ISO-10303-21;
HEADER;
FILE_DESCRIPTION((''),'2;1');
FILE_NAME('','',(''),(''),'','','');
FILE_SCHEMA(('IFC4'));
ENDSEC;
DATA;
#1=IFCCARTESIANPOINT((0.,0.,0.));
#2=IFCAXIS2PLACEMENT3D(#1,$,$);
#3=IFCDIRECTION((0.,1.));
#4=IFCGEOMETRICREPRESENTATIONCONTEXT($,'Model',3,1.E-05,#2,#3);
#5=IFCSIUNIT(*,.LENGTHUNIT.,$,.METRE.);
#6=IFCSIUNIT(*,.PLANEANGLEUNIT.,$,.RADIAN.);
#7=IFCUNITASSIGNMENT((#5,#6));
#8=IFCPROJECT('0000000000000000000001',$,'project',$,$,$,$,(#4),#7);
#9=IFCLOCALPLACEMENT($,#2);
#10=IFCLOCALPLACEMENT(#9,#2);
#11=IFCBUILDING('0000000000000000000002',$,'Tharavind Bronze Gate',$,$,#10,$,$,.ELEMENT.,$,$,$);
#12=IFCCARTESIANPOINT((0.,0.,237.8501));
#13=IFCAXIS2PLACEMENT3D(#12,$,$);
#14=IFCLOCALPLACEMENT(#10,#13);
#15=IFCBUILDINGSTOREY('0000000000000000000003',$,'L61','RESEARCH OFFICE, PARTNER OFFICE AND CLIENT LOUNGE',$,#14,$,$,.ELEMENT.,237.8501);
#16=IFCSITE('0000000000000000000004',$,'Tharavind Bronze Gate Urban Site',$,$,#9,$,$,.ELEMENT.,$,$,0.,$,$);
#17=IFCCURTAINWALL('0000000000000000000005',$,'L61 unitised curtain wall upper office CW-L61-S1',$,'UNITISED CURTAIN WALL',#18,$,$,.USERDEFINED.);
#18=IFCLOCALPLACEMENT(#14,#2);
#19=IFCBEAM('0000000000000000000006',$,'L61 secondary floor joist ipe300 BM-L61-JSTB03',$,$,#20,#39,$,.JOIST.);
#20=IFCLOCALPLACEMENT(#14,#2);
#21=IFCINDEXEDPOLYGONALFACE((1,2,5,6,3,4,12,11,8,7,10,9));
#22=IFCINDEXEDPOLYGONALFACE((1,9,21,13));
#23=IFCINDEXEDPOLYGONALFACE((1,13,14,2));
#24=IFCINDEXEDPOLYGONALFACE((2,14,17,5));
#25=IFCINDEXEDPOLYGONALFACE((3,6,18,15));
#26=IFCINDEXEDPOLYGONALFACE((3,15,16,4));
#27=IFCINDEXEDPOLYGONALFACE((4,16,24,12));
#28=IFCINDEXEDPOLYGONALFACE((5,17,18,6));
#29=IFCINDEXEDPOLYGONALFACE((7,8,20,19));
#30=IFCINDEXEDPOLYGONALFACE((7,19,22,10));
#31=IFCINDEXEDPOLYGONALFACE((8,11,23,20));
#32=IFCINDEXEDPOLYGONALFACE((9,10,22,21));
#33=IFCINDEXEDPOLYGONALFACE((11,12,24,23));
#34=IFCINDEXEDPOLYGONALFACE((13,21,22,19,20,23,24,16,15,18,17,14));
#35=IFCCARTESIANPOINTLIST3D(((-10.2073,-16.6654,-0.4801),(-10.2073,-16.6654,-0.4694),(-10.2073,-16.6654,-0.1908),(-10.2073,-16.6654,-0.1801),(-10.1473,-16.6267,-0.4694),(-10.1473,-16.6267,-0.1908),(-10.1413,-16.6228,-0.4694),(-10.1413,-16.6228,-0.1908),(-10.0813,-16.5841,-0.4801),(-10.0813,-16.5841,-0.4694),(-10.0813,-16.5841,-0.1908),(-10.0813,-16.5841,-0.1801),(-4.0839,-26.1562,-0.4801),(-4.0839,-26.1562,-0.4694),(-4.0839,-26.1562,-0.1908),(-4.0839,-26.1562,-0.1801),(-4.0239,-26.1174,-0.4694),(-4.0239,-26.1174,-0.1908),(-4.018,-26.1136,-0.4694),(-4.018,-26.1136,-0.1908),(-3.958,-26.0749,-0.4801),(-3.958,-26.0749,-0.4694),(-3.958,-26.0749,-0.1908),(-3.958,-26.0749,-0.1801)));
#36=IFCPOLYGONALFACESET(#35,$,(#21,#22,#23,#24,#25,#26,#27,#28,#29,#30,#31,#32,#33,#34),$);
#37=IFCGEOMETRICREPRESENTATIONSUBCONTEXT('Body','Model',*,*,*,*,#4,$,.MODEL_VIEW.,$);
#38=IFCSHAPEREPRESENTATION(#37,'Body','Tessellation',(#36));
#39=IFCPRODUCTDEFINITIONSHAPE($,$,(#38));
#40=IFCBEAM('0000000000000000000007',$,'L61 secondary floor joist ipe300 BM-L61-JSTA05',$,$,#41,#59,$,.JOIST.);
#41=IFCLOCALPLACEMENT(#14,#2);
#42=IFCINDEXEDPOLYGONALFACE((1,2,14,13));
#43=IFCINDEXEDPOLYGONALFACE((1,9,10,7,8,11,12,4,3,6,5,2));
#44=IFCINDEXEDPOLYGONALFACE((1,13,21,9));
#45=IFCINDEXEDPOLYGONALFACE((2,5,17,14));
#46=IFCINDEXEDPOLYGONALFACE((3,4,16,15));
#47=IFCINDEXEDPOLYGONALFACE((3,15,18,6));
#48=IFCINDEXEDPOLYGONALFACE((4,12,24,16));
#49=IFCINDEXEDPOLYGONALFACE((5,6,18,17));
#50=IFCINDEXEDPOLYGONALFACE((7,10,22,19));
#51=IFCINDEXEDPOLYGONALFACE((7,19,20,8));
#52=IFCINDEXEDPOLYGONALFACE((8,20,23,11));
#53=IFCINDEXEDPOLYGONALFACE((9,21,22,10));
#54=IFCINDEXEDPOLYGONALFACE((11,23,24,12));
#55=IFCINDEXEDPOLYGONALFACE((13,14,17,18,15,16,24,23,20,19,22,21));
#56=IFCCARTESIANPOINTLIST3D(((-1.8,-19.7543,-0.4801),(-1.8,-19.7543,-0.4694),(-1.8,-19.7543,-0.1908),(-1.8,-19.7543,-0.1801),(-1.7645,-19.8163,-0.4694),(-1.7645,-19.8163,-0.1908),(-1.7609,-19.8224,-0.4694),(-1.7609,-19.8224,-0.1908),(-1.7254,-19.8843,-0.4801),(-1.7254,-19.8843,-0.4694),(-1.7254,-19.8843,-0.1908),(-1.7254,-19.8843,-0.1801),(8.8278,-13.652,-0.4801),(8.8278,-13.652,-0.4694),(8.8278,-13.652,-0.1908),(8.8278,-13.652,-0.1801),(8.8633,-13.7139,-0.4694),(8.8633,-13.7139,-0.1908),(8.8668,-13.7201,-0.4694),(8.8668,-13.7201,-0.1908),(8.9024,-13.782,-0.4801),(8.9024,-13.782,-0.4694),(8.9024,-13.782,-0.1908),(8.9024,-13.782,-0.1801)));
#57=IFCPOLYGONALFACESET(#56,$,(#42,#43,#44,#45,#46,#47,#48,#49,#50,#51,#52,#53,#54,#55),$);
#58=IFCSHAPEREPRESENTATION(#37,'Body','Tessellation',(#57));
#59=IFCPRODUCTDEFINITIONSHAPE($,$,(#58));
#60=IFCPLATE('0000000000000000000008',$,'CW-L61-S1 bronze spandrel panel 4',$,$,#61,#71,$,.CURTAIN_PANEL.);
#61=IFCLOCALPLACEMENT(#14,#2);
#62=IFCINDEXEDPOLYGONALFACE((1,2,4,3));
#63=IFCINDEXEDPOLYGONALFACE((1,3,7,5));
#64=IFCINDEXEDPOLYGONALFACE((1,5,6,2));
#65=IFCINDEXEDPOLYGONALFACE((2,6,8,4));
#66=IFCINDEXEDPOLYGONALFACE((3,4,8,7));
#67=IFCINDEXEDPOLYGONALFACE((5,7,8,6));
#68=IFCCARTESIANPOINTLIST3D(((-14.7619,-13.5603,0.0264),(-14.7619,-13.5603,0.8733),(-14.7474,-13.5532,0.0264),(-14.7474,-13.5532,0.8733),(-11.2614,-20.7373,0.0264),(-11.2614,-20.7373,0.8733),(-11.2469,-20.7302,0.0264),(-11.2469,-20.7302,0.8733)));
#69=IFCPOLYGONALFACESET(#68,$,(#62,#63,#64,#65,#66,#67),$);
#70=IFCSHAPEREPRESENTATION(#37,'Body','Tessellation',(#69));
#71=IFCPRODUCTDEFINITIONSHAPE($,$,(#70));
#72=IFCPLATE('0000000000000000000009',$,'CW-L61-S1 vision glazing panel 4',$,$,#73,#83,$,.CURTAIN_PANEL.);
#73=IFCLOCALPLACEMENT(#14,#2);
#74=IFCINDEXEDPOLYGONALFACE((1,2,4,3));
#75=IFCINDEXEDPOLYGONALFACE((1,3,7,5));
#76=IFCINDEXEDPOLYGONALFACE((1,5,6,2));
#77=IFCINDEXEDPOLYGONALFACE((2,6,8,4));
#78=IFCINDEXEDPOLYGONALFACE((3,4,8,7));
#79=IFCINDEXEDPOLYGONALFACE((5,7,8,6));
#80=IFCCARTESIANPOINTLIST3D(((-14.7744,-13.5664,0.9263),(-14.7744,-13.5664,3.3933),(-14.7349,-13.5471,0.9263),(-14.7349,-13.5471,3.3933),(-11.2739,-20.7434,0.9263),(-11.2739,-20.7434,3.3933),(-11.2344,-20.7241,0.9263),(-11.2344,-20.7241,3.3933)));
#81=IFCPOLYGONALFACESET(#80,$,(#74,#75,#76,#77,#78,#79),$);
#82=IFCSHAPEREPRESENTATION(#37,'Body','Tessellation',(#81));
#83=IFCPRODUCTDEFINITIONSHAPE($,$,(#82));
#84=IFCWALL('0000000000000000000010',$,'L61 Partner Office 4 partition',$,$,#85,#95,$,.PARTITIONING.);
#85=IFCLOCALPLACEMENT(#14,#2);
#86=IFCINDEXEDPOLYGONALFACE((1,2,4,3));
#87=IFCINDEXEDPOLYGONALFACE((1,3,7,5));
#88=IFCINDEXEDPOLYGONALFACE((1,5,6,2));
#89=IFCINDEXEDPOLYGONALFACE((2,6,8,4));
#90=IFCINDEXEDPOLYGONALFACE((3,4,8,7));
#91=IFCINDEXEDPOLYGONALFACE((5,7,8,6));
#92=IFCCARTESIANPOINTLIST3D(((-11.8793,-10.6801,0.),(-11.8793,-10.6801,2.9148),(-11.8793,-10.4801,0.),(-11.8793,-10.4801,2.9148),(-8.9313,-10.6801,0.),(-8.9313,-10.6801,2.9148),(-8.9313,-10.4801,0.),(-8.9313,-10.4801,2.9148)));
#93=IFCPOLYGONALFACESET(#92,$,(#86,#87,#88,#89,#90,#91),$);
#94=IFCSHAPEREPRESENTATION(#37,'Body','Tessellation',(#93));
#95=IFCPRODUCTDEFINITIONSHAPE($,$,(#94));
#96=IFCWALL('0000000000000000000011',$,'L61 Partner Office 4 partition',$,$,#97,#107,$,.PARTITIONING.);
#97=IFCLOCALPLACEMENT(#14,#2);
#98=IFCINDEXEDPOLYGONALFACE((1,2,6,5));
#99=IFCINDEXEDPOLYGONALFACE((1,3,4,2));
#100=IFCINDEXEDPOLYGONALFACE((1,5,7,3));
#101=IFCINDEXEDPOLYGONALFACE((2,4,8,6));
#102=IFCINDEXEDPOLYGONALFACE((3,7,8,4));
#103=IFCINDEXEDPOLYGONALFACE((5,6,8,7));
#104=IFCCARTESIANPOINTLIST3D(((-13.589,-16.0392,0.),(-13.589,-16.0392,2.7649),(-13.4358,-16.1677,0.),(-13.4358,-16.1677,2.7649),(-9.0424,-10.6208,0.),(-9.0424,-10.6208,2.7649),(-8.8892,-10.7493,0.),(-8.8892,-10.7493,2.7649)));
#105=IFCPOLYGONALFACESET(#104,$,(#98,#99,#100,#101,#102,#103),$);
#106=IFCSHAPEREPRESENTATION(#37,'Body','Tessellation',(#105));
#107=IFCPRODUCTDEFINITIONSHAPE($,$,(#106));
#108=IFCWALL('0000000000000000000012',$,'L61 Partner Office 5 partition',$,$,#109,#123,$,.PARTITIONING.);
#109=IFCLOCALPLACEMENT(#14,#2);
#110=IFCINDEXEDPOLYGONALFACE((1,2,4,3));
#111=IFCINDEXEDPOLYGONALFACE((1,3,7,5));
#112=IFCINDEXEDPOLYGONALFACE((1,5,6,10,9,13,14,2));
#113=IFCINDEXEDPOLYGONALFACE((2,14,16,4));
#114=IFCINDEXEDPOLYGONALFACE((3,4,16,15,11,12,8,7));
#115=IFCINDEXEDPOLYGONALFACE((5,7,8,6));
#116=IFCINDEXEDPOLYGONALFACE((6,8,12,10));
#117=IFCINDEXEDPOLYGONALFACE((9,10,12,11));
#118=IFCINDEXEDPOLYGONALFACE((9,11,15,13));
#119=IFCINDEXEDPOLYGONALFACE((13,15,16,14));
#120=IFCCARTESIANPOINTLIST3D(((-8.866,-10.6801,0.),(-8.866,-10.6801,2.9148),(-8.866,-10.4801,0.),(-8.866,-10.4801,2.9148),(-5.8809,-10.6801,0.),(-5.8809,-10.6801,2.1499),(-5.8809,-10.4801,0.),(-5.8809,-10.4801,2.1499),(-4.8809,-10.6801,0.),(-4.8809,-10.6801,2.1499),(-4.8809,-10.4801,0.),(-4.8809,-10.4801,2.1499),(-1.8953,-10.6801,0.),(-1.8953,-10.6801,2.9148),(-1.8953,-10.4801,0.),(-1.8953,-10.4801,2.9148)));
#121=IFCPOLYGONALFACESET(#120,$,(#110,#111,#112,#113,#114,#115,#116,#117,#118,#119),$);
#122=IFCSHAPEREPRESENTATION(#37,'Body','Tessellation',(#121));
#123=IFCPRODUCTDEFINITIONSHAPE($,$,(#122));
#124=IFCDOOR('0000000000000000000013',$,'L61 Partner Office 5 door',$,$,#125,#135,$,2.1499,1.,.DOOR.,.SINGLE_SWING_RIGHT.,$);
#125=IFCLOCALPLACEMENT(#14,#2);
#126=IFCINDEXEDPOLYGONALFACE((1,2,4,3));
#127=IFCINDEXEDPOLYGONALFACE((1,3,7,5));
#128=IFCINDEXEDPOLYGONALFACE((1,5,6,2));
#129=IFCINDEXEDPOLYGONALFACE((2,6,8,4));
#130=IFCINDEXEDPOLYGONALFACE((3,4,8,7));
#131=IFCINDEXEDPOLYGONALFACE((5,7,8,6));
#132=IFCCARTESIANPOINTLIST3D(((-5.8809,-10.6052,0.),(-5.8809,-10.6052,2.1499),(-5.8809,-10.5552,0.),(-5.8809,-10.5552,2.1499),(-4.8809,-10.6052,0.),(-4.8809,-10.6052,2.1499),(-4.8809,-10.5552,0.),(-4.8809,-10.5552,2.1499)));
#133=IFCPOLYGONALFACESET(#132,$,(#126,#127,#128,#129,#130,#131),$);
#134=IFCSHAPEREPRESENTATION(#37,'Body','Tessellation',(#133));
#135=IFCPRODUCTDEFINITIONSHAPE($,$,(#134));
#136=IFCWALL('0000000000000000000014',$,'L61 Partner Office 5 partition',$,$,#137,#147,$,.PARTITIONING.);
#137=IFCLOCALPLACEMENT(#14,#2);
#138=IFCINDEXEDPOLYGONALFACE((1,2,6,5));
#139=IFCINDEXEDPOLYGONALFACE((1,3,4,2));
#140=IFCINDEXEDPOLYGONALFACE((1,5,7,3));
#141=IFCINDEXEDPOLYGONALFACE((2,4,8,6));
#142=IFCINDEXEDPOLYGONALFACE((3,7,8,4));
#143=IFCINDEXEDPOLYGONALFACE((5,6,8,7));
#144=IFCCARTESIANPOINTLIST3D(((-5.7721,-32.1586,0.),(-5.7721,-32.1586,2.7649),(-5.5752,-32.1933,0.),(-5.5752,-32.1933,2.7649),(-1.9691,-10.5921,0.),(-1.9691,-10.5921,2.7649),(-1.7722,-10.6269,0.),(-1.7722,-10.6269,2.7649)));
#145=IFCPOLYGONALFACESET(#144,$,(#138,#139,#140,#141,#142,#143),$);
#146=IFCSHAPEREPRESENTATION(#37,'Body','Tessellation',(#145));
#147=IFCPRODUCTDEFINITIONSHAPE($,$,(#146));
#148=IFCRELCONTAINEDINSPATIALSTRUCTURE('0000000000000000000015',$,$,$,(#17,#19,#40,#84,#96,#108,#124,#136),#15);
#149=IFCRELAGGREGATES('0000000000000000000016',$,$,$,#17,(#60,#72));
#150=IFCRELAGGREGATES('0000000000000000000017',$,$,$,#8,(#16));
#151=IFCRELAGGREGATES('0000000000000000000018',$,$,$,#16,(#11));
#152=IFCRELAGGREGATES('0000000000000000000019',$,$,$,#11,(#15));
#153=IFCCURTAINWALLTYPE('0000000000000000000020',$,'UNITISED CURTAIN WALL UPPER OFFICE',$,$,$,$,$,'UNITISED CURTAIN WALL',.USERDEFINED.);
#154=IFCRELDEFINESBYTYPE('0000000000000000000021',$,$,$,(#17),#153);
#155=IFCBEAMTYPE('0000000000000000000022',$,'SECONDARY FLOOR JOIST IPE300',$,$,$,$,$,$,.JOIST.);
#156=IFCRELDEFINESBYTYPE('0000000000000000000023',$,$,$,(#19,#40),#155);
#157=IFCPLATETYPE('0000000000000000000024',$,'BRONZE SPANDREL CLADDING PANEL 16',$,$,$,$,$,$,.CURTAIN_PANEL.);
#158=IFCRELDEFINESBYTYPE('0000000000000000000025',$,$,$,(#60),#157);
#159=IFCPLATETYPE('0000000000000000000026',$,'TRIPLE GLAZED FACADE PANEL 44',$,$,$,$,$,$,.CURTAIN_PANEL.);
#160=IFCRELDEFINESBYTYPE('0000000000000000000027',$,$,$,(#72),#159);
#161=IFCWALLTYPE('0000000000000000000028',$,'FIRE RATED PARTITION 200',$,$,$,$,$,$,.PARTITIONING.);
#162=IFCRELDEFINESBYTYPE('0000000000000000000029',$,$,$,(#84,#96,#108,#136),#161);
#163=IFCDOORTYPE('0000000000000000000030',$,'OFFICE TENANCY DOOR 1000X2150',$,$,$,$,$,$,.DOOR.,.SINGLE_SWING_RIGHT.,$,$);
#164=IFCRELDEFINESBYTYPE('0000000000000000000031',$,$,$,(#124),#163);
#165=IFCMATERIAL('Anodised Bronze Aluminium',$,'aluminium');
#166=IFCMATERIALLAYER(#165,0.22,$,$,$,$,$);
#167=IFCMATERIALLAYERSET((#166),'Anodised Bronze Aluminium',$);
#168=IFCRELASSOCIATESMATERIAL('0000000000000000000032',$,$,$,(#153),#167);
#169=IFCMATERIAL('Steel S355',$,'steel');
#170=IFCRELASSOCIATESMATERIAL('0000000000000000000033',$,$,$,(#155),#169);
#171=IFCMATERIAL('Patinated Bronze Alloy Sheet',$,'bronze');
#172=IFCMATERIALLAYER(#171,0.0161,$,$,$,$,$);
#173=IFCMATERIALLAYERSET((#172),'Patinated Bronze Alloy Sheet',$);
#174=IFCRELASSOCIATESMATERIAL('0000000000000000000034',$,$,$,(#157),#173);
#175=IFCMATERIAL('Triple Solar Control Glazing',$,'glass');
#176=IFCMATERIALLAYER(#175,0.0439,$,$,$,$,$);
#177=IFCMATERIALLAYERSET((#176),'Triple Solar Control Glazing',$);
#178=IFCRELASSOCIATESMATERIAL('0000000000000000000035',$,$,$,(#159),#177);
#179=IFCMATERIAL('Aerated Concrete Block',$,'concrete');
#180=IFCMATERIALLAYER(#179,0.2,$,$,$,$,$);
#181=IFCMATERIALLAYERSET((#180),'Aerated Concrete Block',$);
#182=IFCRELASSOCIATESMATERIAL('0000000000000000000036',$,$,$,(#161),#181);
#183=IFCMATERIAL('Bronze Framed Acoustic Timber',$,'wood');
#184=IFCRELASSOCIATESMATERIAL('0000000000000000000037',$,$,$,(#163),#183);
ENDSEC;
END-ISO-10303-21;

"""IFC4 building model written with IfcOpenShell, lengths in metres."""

from ifc_helpers import new_model, si_unit, direction, frame, frame_2d, origin, origin_2d, place, context, subcontext, project, spatial, rectangle, i_section, extrude, material, layer, layer_set, material_profile, profile_set, type_object, element, fill, aggregate, save


model = new_model("IFC4")

# Units and contexts
model_context = context("Model", 3, precision=1e-05, world=origin(), true_north=direction((0.0, 1.0)))
body_context = subcontext(model_context, "Body", "Model", "MODEL_VIEW")
ifc_project = project(units=[si_unit("LENGTHUNIT", "METRE"), si_unit("PLANEANGLEUNIT", "RADIAN")], contexts=[model_context])

# Site, building, storey
site_placement = place(None, origin())
site = spatial("IfcSite", under=ifc_project, at=site_placement, Name="Tharavind Bronze Gate Urban Site", CompositionType="ELEMENT", RefElevation=0.0)
building_placement = place(site_placement, origin())
building = spatial("IfcBuilding", under=site, at=building_placement, Name="Tharavind Bronze Gate", CompositionType="ELEMENT")
storey_placement = place(building_placement, frame((0.0, 0.0, 237.8501)))
storey = spatial("IfcBuildingStorey", under=building, at=storey_placement, Name="L61", Description="RESEARCH OFFICE, PARTNER OFFICE AND CLIENT LOUNGE", CompositionType="ELEMENT", Elevation=237.8501)

# Curtain wall
ifc_material_1 = material(Name="Anodised Bronze Aluminium", Category="aluminium")
ifc_layer_1 = layer(ifc_material_1, 0.22)
ifc_layer_set_1 = layer_set([ifc_layer_1], Name="Anodised Bronze Aluminium")
curtain_wall_type = type_object("IfcCurtainWallType", Name="UNITISED CURTAIN WALL UPPER OFFICE", ElementType="UNITISED CURTAIN WALL", PredefinedType="USERDEFINED", material=ifc_layer_set_1)
curtain_wall_placement = place(storey_placement, origin())
curtain_wall = element("IfcCurtainWall", 1, at=curtain_wall_placement, inside=storey, type_object=curtain_wall_type, Name="L61 unitised curtain wall upper office CW-L61-S1", ObjectType="UNITISED CURTAIN WALL", PredefinedType="USERDEFINED")

# Beams
ifc_material_2 = material(Name="Steel S355", Category="steel")
ifc_material_profile_1 = material_profile(ifc_material_2, i_section(OverallWidth=0.1499, OverallDepth=0.3, WebThickness=0.0071, FlangeThickness=0.0107, at=origin_2d()), Name="IPE300")
ifc_profile_set_1 = profile_set([ifc_material_profile_1], Name="Steel S355")
beam_type_1 = type_object("IfcBeamType", Name="SECONDARY FLOOR JOIST IPE300", PredefinedType="JOIST", material=ifc_profile_set_1)
beam_1_placement = place(storey_placement, frame((-10.1443, -16.6248, -0.3301), z_axis=(0.542142, -0.840287, 0.0), x_axis=(0.840287, 0.542142, 0.0)))
element("IfcBeam", 2, at=beam_1_placement, inside=storey, type_object=beam_type_1, Name="L61 secondary floor joist ipe300 BM-L61-JSTB03", PredefinedType="JOIST", context=body_context, shape_type="SweptSolid", body=[
    extrude(i_section(OverallWidth=0.1499, OverallDepth=0.3, WebThickness=0.0071, FlangeThickness=0.0107, at=origin_2d()), origin(), (0.0, 0.0, 1.0), 11.2947),
])
beam_2_placement = place(storey_placement, frame((-1.7627, -19.8193, -0.3301), z_axis=(0.86721, 0.497942, 0.0), x_axis=(-0.497942, 0.86721, 0.0)))
element("IfcBeam", 3, at=beam_2_placement, inside=storey, type_object=beam_type_1, Name="L61 secondary floor joist ipe300 BM-L61-JSTA05", PredefinedType="JOIST", context=body_context, shape_type="SweptSolid", body=[
    extrude(i_section(OverallWidth=0.1499, OverallDepth=0.3, WebThickness=0.0071, FlangeThickness=0.0107, at=origin_2d()), origin(), (0.0, 0.0, 1.0), 12.2551),
])

# Plates
ifc_material_3 = material(Name="Patinated Bronze Alloy Sheet", Category="bronze")
ifc_layer_2 = layer(ifc_material_3, 0.0161)
ifc_layer_set_2 = layer_set([ifc_layer_2], Name="Patinated Bronze Alloy Sheet")
plate_type_1 = type_object("IfcPlateType", Name="BRONZE SPANDREL CLADDING PANEL 16", PredefinedType="CURTAIN_PANEL", material=ifc_layer_set_2)
plate_1_placement = place(storey_placement, frame((-13.0044, -17.1453, 0.0264), z_axis=(0.0, 0.0, 1.0), x_axis=(0.438371, -0.898794, 0.0)))
plate_1 = element("IfcPlate", 4, at=plate_1_placement, type_object=plate_type_1, Name="CW-L61-S1 bronze spandrel panel 4", PredefinedType="CURTAIN_PANEL", context=body_context, shape_type="SweptSolid", body=[
    extrude(rectangle(XDim=7.9851, YDim=0.0161, at=origin_2d()), origin(), (0.0, 0.0, 1.0), 0.8469),
])
ifc_material_4 = material(Name="Triple Solar Control Glazing", Category="glass")
ifc_layer_3 = layer(ifc_material_4, 0.0439)
ifc_layer_set_3 = layer_set([ifc_layer_3], Name="Triple Solar Control Glazing")
plate_type_2 = type_object("IfcPlateType", Name="TRIPLE GLAZED FACADE PANEL 44", PredefinedType="CURTAIN_PANEL", material=ifc_layer_set_3)
plate_2_placement = place(storey_placement, frame((-13.0044, -17.1453, 0.9263), z_axis=(0.0, 0.0, 1.0), x_axis=(0.438371, -0.898794, 0.0)))
plate_2 = element("IfcPlate", 5, at=plate_2_placement, type_object=plate_type_2, Name="CW-L61-S1 vision glazing panel 4", PredefinedType="CURTAIN_PANEL", context=body_context, shape_type="SweptSolid", body=[
    extrude(rectangle(XDim=7.9851, YDim=0.0439, at=origin_2d()), origin(), (0.0, 0.0, 1.0), 2.467),
])
aggregate(curtain_wall, [plate_1, plate_2])

# Walls
ifc_material_5 = material(Name="Aerated Concrete Block", Category="concrete")
ifc_layer_4 = layer(ifc_material_5, 0.2)
ifc_layer_set_4 = layer_set([ifc_layer_4], Name="Aerated Concrete Block")
wall_type = type_object("IfcWallType", Name="FIRE RATED PARTITION 200", PredefinedType="PARTITIONING", material=ifc_layer_set_4)
wall_1_placement = place(storey_placement, frame((-11.8794, -10.5801, 0.0), z_axis=(0.0, 0.0, 1.0), x_axis=(1.0, 0.0, 0.0)))
element("IfcWall", 6, at=wall_1_placement, inside=storey, type_object=wall_type, Name="L61 Partner Office 4 partition", PredefinedType="PARTITIONING", context=body_context, shape_type="SweptSolid", body=[
    extrude(rectangle(XDim=2.948, YDim=0.2, at=frame_2d((1.4741, 0.0))), origin(), (0.0, 0.0, 1.0), 2.9148),
])
wall_2_placement = place(storey_placement, frame((-8.9658, -10.6851, 0.0), z_axis=(0.0, 0.0, 1.0), x_axis=(-0.642788, -0.766044, 0.0)))
element("IfcWall", 7, at=wall_2_placement, inside=storey, type_object=wall_type, Name="L61 Partner Office 4 partition", PredefinedType="PARTITIONING", context=body_context, shape_type="SweptSolid", body=[
    extrude(rectangle(XDim=7.0732, YDim=0.2, at=frame_2d((3.5366, 0.0))), origin(), (0.0, 0.0, 1.0), 2.7649),
])

# Wall, opening, door
wall_3_placement = place(storey_placement, frame((-8.866, -10.5801, 0.0), z_axis=(0.0, 0.0, 1.0), x_axis=(1.0, 0.0, 0.0)))
wall_3 = element("IfcWall", 8, at=wall_3_placement, inside=storey, type_object=wall_type, Name="L61 Partner Office 5 partition", PredefinedType="PARTITIONING", context=body_context, shape_type="SweptSolid", body=[
    extrude(rectangle(XDim=6.9707, YDim=0.2, at=frame_2d((3.4854, 0.0))), origin(), (0.0, 0.0, 1.0), 2.9148),
])
opening_1_placement = place(wall_3_placement, frame((2.9851, 0.0, 0.0)))
opening_1 = element("IfcOpeningElement", 9, at=opening_1_placement, cuts=wall_3, PredefinedType="OPENING", context=body_context, shape_type="SweptSolid", body=[
    extrude(rectangle(XDim=1.0, YDim=2.1499, at=frame_2d((0.5, 1.075))), frame((0.0, 0.1101, 0.0), z_axis=(0.0, -1.0, 0.0), x_axis=(1.0, 0.0, 0.0)), (0.0, 0.0, 1.0), 0.22),
])
ifc_material_6 = material(Name="Bronze Framed Acoustic Timber", Category="wood")
door_type = type_object("IfcDoorType", Name="OFFICE TENANCY DOOR 1000X2150", OperationType="SINGLE_SWING_RIGHT", PredefinedType="DOOR", material=ifc_material_6)
door_1_placement = place(opening_1_placement, origin())
door_1 = element("IfcDoor", 10, at=door_1_placement, inside=storey, type_object=door_type, Name="L61 Partner Office 5 door", OperationType="SINGLE_SWING_RIGHT", OverallHeight=2.1499, OverallWidth=1.0, PredefinedType="DOOR", context=body_context, shape_type="SweptSolid", body=[
    extrude(rectangle(XDim=1.0, YDim=2.1499, at=frame_2d((0.5, 1.075))), frame((0.0, 0.0249, 0.0), z_axis=(0.0, -1.0, 0.0), x_axis=(1.0, 0.0, 0.0)), (0.0, 0.0, 1.0), 0.05),
])
fill(opening_1, door_1)

# Wall
wall_4_placement = place(storey_placement, frame((-1.8706, -10.6094, 0.0), z_axis=(0.0, 0.0, 1.0), x_axis=(-0.173659, -0.984806, 0.0)))
element("IfcWall", 11, at=wall_4_placement, inside=storey, type_object=wall_type, Name="L61 Partner Office 5 partition", PredefinedType="PARTITIONING", context=body_context, shape_type="SweptSolid", body=[
    extrude(rectangle(XDim=21.8992, YDim=0.2, at=frame_2d((10.9497, 0.0))), origin(), (0.0, 0.0, 1.0), 2.7649),
])

save(model, "model.ifc")
